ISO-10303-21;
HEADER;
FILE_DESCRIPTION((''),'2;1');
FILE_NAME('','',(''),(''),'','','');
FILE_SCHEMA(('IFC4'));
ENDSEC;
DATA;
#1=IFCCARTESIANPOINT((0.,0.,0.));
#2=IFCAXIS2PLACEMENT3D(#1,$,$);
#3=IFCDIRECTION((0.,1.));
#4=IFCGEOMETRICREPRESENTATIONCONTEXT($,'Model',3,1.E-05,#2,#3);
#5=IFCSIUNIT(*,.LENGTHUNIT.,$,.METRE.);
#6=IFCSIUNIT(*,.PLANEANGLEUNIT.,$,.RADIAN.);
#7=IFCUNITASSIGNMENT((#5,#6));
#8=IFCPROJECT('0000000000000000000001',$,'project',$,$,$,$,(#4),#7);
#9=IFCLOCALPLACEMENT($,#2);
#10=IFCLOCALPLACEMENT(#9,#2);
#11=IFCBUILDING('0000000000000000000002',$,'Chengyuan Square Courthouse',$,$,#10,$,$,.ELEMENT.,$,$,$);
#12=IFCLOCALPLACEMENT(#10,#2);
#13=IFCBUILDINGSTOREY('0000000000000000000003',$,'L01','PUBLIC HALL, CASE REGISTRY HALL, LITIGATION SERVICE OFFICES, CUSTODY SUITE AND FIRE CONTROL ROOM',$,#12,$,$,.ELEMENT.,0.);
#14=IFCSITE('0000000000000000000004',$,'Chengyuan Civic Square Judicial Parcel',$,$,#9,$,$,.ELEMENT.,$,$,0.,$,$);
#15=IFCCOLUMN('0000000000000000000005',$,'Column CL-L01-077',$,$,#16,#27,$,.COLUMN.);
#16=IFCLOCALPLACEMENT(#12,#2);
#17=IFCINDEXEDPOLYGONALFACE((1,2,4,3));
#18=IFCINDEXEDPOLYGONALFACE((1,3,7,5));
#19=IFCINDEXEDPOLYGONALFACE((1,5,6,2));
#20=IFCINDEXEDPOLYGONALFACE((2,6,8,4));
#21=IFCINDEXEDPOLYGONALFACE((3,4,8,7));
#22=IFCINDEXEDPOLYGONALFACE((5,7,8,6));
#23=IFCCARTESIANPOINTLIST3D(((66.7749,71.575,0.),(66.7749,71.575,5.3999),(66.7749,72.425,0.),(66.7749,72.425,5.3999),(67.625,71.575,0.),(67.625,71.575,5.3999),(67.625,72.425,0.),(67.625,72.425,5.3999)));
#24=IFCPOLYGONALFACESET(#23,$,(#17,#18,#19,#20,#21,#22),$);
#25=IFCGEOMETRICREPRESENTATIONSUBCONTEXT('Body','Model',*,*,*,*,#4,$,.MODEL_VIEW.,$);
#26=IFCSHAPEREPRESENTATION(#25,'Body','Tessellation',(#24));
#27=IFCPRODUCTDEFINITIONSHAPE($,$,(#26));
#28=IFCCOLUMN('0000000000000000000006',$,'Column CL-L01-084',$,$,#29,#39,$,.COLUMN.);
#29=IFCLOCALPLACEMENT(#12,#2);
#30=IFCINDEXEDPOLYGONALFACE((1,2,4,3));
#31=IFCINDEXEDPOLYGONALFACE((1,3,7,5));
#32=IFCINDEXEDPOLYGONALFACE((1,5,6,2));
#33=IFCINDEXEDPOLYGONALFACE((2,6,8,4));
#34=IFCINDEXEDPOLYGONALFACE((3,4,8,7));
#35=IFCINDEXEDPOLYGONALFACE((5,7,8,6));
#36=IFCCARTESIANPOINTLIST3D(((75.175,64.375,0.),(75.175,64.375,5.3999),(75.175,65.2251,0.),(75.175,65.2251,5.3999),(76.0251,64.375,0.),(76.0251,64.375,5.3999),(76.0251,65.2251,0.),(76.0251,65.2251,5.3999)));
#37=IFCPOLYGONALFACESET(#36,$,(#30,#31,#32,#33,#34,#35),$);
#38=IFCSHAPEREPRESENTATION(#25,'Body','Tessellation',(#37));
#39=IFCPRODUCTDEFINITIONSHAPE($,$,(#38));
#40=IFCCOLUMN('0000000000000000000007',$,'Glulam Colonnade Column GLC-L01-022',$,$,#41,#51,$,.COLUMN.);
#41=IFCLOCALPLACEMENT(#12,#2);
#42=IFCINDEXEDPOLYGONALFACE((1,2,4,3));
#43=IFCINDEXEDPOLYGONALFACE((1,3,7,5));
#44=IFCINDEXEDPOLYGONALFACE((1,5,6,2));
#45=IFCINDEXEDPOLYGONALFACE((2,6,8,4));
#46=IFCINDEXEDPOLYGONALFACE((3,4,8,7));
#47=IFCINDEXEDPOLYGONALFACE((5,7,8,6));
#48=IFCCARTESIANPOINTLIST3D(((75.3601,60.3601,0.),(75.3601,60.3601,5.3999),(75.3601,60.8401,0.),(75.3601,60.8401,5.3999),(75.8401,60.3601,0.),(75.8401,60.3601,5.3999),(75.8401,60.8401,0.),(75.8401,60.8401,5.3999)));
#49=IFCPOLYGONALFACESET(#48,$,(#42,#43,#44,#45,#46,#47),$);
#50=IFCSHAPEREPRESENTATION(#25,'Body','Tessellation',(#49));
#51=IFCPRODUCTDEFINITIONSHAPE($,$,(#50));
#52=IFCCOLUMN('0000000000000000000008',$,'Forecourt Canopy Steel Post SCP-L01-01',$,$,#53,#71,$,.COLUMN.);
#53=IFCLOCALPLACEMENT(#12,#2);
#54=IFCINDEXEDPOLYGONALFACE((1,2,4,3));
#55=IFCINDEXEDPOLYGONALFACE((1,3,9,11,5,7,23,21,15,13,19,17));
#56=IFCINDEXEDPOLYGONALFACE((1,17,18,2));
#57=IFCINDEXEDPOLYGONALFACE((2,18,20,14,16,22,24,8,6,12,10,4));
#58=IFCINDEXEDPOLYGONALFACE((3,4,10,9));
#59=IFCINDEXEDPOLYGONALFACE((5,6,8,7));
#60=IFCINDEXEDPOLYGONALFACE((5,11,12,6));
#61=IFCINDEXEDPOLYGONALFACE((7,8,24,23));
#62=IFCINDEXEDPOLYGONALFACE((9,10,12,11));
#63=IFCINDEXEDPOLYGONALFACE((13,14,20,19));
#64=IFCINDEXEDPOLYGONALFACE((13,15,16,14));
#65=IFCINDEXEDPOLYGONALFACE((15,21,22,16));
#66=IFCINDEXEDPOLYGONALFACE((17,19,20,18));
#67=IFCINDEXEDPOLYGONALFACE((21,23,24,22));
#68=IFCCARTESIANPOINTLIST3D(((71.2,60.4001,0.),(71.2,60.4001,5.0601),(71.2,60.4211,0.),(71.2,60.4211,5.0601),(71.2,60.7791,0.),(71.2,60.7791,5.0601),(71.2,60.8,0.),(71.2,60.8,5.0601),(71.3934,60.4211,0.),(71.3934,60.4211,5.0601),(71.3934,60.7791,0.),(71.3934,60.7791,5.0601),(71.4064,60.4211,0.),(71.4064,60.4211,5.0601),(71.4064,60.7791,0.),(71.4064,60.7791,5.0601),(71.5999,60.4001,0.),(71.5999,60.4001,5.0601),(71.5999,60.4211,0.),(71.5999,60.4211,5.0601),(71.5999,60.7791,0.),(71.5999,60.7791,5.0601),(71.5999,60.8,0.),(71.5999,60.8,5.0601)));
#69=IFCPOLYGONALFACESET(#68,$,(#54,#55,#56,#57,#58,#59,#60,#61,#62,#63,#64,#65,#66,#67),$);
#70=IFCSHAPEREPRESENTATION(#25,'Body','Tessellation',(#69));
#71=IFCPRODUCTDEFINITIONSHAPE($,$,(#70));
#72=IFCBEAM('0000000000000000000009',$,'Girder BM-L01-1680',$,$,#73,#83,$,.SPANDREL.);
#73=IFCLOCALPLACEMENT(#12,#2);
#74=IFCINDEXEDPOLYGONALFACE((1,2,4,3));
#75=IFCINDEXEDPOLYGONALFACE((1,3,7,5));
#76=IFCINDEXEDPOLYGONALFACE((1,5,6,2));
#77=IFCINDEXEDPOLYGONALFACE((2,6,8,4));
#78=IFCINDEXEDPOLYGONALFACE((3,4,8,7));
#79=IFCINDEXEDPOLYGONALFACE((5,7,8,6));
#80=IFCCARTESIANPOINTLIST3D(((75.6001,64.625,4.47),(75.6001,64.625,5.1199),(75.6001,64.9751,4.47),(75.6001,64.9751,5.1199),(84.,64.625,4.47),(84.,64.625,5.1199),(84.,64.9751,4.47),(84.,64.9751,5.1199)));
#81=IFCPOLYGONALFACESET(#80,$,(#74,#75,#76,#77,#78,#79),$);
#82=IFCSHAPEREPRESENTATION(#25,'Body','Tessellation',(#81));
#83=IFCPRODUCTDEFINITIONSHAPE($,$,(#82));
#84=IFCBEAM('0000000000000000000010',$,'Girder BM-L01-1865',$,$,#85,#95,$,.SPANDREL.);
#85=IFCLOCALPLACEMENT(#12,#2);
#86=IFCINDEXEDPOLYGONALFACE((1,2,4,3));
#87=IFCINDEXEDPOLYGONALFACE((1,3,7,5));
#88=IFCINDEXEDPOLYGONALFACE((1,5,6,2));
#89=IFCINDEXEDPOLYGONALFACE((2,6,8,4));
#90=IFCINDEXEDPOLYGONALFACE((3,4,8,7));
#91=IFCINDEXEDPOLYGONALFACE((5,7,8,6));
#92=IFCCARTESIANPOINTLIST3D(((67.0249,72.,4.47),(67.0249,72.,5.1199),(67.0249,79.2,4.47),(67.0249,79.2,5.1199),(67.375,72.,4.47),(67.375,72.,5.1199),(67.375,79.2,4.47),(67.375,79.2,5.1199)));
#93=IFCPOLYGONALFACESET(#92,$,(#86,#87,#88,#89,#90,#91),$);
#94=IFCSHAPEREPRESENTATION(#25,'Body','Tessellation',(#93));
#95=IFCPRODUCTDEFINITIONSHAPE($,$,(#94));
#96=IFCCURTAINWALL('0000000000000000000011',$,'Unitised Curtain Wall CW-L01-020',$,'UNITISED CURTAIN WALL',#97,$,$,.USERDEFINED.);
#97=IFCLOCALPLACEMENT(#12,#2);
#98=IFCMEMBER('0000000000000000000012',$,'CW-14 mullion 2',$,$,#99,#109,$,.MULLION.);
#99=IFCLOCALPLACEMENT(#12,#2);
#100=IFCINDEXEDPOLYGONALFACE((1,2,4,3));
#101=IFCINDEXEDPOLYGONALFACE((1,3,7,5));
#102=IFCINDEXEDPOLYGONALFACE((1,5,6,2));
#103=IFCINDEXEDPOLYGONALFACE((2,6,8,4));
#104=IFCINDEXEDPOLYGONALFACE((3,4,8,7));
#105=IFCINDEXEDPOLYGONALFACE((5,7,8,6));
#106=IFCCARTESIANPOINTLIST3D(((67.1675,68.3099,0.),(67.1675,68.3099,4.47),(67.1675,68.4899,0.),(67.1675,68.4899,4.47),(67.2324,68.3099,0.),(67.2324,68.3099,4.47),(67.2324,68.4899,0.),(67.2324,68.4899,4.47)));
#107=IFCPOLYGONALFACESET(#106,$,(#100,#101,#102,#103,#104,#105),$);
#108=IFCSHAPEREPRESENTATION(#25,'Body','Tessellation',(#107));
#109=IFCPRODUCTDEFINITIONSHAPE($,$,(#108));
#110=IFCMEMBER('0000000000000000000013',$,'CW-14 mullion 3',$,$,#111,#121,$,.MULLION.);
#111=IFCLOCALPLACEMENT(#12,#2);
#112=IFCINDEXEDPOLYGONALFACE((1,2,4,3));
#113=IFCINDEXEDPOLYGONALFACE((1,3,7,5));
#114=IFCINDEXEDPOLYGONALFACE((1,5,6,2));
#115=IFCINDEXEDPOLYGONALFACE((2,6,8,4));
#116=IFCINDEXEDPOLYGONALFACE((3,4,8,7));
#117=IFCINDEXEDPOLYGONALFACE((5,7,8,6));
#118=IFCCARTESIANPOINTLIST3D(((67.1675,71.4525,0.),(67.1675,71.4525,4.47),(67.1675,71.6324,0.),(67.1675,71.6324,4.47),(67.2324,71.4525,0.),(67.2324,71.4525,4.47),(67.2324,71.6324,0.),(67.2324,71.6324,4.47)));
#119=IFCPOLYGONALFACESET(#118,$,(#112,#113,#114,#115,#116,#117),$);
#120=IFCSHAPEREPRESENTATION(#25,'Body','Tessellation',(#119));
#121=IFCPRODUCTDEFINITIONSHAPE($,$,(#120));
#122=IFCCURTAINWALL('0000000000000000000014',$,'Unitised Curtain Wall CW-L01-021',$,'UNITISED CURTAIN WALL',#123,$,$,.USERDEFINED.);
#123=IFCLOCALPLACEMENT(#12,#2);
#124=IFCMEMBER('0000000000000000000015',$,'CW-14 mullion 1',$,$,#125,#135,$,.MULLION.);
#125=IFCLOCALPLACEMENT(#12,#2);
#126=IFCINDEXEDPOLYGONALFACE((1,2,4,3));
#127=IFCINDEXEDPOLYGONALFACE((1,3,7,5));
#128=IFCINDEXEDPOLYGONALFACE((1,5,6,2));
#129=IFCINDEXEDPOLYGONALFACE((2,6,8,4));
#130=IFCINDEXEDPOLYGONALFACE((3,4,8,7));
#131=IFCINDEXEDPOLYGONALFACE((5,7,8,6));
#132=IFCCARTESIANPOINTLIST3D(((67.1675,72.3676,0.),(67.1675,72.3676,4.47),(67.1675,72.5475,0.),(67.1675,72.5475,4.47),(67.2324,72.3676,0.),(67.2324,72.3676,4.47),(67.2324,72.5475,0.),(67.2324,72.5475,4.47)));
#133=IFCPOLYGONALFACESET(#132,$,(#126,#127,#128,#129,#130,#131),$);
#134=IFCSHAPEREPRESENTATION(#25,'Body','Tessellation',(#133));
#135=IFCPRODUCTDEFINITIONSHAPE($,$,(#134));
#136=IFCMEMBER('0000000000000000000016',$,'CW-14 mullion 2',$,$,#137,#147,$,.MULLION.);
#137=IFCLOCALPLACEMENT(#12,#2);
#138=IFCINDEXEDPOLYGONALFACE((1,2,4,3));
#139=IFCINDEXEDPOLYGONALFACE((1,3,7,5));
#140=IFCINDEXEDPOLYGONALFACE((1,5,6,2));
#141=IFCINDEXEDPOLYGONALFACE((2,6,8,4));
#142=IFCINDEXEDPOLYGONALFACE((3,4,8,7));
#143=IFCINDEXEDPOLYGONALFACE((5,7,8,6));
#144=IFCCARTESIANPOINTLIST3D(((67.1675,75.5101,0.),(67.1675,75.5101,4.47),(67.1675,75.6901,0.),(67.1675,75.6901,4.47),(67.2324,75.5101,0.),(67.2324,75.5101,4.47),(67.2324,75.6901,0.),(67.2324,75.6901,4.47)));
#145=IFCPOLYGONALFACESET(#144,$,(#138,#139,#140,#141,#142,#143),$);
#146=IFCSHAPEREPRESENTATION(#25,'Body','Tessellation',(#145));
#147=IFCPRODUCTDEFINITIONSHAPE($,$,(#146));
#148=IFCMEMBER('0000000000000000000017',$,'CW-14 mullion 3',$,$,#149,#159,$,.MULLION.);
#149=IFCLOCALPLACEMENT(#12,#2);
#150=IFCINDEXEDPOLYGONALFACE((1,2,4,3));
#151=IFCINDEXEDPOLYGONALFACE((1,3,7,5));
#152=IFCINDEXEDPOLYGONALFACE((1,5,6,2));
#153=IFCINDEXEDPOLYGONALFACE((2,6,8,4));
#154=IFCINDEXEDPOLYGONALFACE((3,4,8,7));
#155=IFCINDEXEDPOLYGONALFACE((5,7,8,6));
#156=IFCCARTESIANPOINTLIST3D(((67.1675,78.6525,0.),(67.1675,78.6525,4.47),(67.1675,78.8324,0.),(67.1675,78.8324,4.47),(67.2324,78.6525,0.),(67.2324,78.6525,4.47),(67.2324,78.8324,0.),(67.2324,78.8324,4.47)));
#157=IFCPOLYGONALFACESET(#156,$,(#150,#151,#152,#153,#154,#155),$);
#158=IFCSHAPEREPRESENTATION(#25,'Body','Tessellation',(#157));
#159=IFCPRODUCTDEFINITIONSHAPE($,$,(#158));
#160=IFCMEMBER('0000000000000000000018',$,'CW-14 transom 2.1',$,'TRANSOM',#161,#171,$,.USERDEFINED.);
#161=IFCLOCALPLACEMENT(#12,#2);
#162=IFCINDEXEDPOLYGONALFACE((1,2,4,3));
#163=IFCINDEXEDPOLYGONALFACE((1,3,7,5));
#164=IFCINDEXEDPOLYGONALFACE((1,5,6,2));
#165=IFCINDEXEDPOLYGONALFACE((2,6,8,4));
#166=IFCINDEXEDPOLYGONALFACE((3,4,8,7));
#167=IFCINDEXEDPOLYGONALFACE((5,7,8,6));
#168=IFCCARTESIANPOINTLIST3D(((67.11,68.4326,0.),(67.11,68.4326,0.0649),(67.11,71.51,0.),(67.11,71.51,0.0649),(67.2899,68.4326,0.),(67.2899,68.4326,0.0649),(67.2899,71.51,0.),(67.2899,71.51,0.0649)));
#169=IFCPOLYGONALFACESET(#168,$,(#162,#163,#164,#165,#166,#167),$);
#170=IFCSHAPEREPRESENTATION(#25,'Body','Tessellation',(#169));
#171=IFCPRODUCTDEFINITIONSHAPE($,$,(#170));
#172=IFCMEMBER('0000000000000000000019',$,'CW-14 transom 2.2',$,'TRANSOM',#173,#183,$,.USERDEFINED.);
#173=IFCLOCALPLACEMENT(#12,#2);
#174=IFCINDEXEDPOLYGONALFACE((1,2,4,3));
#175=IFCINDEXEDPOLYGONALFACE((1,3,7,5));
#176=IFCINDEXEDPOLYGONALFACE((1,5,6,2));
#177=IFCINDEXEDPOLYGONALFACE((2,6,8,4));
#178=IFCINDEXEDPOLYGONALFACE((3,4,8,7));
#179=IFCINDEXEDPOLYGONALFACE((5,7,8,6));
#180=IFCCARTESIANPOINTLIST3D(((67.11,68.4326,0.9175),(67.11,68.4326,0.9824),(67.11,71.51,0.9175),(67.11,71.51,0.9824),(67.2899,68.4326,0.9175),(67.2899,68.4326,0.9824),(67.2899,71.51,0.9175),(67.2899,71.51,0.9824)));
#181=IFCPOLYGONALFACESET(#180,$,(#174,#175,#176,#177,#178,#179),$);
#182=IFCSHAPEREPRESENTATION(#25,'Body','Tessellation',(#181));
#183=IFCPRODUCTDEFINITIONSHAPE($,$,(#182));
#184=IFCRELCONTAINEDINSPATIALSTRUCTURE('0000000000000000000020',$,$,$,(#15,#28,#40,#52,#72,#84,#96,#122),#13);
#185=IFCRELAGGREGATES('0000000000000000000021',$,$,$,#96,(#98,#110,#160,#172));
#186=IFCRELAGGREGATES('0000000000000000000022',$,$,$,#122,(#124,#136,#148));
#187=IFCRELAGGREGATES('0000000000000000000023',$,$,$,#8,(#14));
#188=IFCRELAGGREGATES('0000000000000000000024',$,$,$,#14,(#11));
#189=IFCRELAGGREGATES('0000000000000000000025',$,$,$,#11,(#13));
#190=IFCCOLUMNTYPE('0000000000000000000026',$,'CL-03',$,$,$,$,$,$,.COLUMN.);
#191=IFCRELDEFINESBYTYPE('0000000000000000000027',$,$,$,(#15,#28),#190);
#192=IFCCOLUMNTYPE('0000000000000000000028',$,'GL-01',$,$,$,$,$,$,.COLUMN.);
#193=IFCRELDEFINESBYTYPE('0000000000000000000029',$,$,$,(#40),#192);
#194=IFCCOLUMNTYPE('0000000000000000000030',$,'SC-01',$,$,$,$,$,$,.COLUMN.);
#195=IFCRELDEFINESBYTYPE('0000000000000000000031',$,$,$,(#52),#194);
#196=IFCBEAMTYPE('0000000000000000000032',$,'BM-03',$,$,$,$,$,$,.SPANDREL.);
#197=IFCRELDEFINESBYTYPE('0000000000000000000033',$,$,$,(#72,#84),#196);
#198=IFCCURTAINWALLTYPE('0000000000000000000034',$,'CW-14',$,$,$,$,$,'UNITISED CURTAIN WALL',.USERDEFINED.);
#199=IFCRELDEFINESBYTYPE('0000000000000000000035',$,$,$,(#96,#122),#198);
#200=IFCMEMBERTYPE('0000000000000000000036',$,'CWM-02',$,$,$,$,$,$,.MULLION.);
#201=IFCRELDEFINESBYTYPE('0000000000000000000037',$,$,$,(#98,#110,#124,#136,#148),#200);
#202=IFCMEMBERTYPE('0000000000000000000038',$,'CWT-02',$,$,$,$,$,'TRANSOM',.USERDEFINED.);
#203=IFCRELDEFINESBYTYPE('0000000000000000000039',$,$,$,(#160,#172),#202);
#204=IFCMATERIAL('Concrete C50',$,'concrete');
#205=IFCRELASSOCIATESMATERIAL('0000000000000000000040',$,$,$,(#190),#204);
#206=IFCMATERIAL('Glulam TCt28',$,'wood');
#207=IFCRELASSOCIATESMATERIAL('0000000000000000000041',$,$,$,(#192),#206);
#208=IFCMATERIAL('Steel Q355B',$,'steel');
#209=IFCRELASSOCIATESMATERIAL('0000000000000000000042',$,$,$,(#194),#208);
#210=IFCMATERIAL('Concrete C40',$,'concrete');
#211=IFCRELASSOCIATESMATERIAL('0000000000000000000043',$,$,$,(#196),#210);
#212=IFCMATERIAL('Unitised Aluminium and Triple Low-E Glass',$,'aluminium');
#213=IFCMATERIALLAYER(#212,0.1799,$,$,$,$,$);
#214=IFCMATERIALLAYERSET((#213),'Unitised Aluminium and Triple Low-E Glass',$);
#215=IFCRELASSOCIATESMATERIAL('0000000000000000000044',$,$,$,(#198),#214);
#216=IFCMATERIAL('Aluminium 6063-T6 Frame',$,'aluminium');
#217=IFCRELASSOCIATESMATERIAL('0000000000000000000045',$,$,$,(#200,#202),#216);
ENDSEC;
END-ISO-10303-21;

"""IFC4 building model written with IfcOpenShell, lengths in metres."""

from ifc_helpers import new_model, si_unit, direction, frame, origin, origin_2d, place, context, subcontext, project, spatial, rectangle, i_section, extrude, material, layer, layer_set, material_profile, profile_set, type_object, element, aggregate, save


model = new_model("IFC4")

# Units and contexts
model_context = context("Model", 3, precision=1e-05, world=origin(), true_north=direction((0.0, 1.0)))
body_context = subcontext(model_context, "Body", "Model", "MODEL_VIEW")
ifc_project = project(units=[si_unit("LENGTHUNIT", "METRE"), si_unit("PLANEANGLEUNIT", "RADIAN")], contexts=[model_context])

# Site, building, storey
site_placement = place(None, origin())
site = spatial("IfcSite", under=ifc_project, at=site_placement, Name="Chengyuan Civic Square Judicial Parcel", CompositionType="ELEMENT", RefElevation=0.0)
building_placement = place(site_placement, origin())
building = spatial("IfcBuilding", under=site, at=building_placement, Name="Chengyuan Square Courthouse", CompositionType="ELEMENT")
storey_placement = place(building_placement, origin())
storey = spatial("IfcBuildingStorey", under=building, at=storey_placement, Name="L01", Description="PUBLIC HALL, CASE REGISTRY HALL, LITIGATION SERVICE OFFICES, CUSTODY SUITE AND FIRE CONTROL ROOM", CompositionType="ELEMENT", Elevation=0.0)

# Columns
ifc_material_1 = material(Name="Concrete C50", Category="concrete")
ifc_material_profile_1 = material_profile(ifc_material_1, rectangle(XDim=0.8501, YDim=0.8501, at=origin_2d()), Name="RC-COL-850x850")
ifc_profile_set_1 = profile_set([ifc_material_profile_1], Name="Concrete C50")
column_type_1 = type_object("IfcColumnType", Name="CL-03", PredefinedType="COLUMN", material=ifc_profile_set_1)
for number, where, z_axis, x_axis, name in (
    (1, (67.2, 72.0, 0.0), (0.0, 0.0, 1.0), (1.0, 0.0, 0.0), "Column CL-L01-077"),
    (2, (75.6001, 64.8, 0.0), (0.0, 0.0, 1.0), (1.0, 0.0, 0.0), "Column CL-L01-084"),
):
    element("IfcColumn", number, at=place(storey_placement, frame(where, z_axis=z_axis, x_axis=x_axis)), inside=storey, type_object=column_type_1, Name=name, PredefinedType="COLUMN", context=body_context, shape_type="SweptSolid", body=[
        extrude(rectangle(XDim=0.8501, YDim=0.8501, at=origin_2d()), origin(), (0.0, 0.0, 1.0), 5.3999),
    ])
ifc_material_2 = material(Name="Glulam TCt28", Category="wood")
ifc_material_profile_2 = material_profile(ifc_material_2, rectangle(XDim=0.48, YDim=0.48, at=origin_2d()), Name="GL-COL-480x480")
ifc_profile_set_2 = profile_set([ifc_material_profile_2], Name="Glulam TCt28")
column_type_2 = type_object("IfcColumnType", Name="GL-01", PredefinedType="COLUMN", material=ifc_profile_set_2)
column_1_placement = place(storey_placement, frame((75.6001, 60.6001, 0.0), z_axis=(0.0, 0.0, 1.0), x_axis=(1.0, 0.0, 0.0)))
element("IfcColumn", 3, at=column_1_placement, inside=storey, type_object=column_type_2, Name="Glulam Colonnade Column GLC-L01-022", PredefinedType="COLUMN", context=body_context, shape_type="SweptSolid", body=[
    extrude(rectangle(XDim=0.48, YDim=0.48, at=origin_2d()), origin(), (0.0, 0.0, 1.0), 5.3999),
])
ifc_material_3 = material(Name="Steel Q355B", Category="steel")
ifc_material_profile_3 = material_profile(ifc_material_3, i_section(OverallWidth=0.3999, OverallDepth=0.3999, WebThickness=0.0129, FlangeThickness=0.021, at=origin_2d()), Name="HW 400x400x13x21")
ifc_profile_set_3 = profile_set([ifc_material_profile_3], Name="Steel Q355B")
column_type_3 = type_object("IfcColumnType", Name="SC-01", PredefinedType="COLUMN", material=ifc_profile_set_3)
column_2_placement = place(storey_placement, frame((71.3999, 60.6001, 0.0), z_axis=(0.0, 0.0, 1.0), x_axis=(1.0, 0.0, 0.0)))
element("IfcColumn", 4, at=column_2_placement, inside=storey, type_object=column_type_3, Name="Forecourt Canopy Steel Post SCP-L01-01", PredefinedType="COLUMN", context=body_context, shape_type="SweptSolid", body=[
    extrude(i_section(OverallWidth=0.3999, OverallDepth=0.3999, WebThickness=0.0129, FlangeThickness=0.021, at=origin_2d()), origin(), (0.0, 0.0, 1.0), 5.0601),
])

# Beams
ifc_material_4 = material(Name="Concrete C40", Category="concrete")
ifc_material_profile_4 = material_profile(ifc_material_4, rectangle(XDim=0.3501, YDim=0.6499, at=origin_2d()), Name="RC-BM-350x650")
ifc_profile_set_4 = profile_set([ifc_material_profile_4], Name="Concrete C40")
beam_type_1 = type_object("IfcBeamType", Name="BM-03", PredefinedType="SPANDREL", material=ifc_profile_set_4)
beam_1_placement = place(storey_placement, frame((75.6001, 64.8, 4.7949), z_axis=(1.0, 0.0, 0.0), x_axis=(0.0, 1.0, 0.0)))
element("IfcBeam", 5, at=beam_1_placement, inside=storey, type_object=beam_type_1, Name="Girder BM-L01-1680", PredefinedType="SPANDREL", context=body_context, shape_type="SweptSolid", body=[
    extrude(rectangle(XDim=0.3501, YDim=0.6499, at=origin_2d()), origin(), (0.0, 0.0, 1.0), 8.3999),
])
beam_2_placement = place(storey_placement, frame((67.2, 72.0, 4.7949), z_axis=(0.0, 1.0, 0.0), x_axis=(-1.0, 0.0, 0.0)))
element("IfcBeam", 6, at=beam_2_placement, inside=storey, type_object=beam_type_1, Name="Girder BM-L01-1865", PredefinedType="SPANDREL", context=body_context, shape_type="SweptSolid", body=[
    extrude(rectangle(XDim=0.3501, YDim=0.6499, at=origin_2d()), origin(), (0.0, 0.0, 1.0), 7.2),
])

# Curtain walls, members
ifc_material_5 = material(Name="Unitised Aluminium and Triple Low-E Glass", Category="aluminium")
ifc_layer_1 = layer(ifc_material_5, 0.1799)
ifc_layer_set_1 = layer_set([ifc_layer_1], Name="Unitised Aluminium and Triple Low-E Glass")
curtain_wall_type = type_object("IfcCurtainWallType", Name="CW-14", ElementType="UNITISED CURTAIN WALL", PredefinedType="USERDEFINED", material=ifc_layer_set_1)
curtain_wall_1_placement = place(storey_placement, origin())
curtain_wall_1 = element("IfcCurtainWall", 7, at=curtain_wall_1_placement, inside=storey, type_object=curtain_wall_type, Name="Unitised Curtain Wall CW-L01-020", ObjectType="UNITISED CURTAIN WALL", PredefinedType="USERDEFINED")
ifc_material_6 = material(Name="Aluminium 6063-T6 Frame", Category="aluminium")
ifc_material_profile_5 = material_profile(ifc_material_6, rectangle(XDim=0.0649, YDim=0.1799, at=origin_2d()), Name="CW-MUL-65x180")
ifc_profile_set_5 = profile_set([ifc_material_profile_5], Name="Aluminium 6063-T6 Frame")
member_type_1 = type_object("IfcMemberType", Name="CWM-02", PredefinedType="MULLION", material=ifc_profile_set_5)
member_1_placement = place(storey_placement, frame((67.2, 68.3999, 0.0), z_axis=(0.0, 0.0, 1.0), x_axis=(-1.0, 0.0, 0.0)))
member_1 = element("IfcMember", 8, at=member_1_placement, type_object=member_type_1, Name="CW-14 mullion 2", PredefinedType="MULLION", context=body_context, shape_type="SweptSolid", body=[
    extrude(rectangle(XDim=0.0649, YDim=0.1799, at=origin_2d()), origin(), (0.0, 0.0, 1.0), 4.47),
])
member_2_placement = place(storey_placement, frame((67.2, 71.5425, 0.0), z_axis=(0.0, 0.0, 1.0), x_axis=(-1.0, 0.0, 0.0)))
member_2 = element("IfcMember", 9, at=member_2_placement, type_object=member_type_1, Name="CW-14 mullion 3", PredefinedType="MULLION", context=body_context, shape_type="SweptSolid", body=[
    extrude(rectangle(XDim=0.0649, YDim=0.1799, at=origin_2d()), origin(), (0.0, 0.0, 1.0), 4.47),
])
curtain_wall_2_placement = place(storey_placement, origin())
curtain_wall_2 = element("IfcCurtainWall", 10, at=curtain_wall_2_placement, inside=storey, type_object=curtain_wall_type, Name="Unitised Curtain Wall CW-L01-021", ObjectType="UNITISED CURTAIN WALL", PredefinedType="USERDEFINED")
member_3_placement = place(storey_placement, frame((67.2, 72.4575, 0.0), z_axis=(0.0, 0.0, 1.0), x_axis=(-1.0, 0.0, 0.0)))
member_3 = element("IfcMember", 11, at=member_3_placement, type_object=member_type_1, Name="CW-14 mullion 1", PredefinedType="MULLION", context=body_context, shape_type="SweptSolid", body=[
    extrude(rectangle(XDim=0.0649, YDim=0.1799, at=origin_2d()), origin(), (0.0, 0.0, 1.0), 4.47),
])
member_4_placement = place(storey_placement, frame((67.2, 75.6001, 0.0), z_axis=(0.0, 0.0, 1.0), x_axis=(-1.0, 0.0, 0.0)))
member_4 = element("IfcMember", 12, at=member_4_placement, type_object=member_type_1, Name="CW-14 mullion 2", PredefinedType="MULLION", context=body_context, shape_type="SweptSolid", body=[
    extrude(rectangle(XDim=0.0649, YDim=0.1799, at=origin_2d()), origin(), (0.0, 0.0, 1.0), 4.47),
])
member_5_placement = place(storey_placement, frame((67.2, 78.7424, 0.0), z_axis=(0.0, 0.0, 1.0), x_axis=(-1.0, 0.0, 0.0)))
member_5 = element("IfcMember", 13, at=member_5_placement, type_object=member_type_1, Name="CW-14 mullion 3", PredefinedType="MULLION", context=body_context, shape_type="SweptSolid", body=[
    extrude(rectangle(XDim=0.0649, YDim=0.1799, at=origin_2d()), origin(), (0.0, 0.0, 1.0), 4.47),
])

# Members
ifc_material_profile_6 = material_profile(ifc_material_6, rectangle(XDim=0.1799, YDim=0.0649, at=origin_2d()), Name="CW-TRN-65x140")
ifc_profile_set_6 = profile_set([ifc_material_profile_6], Name="Aluminium 6063-T6 Frame")
member_type_2 = type_object("IfcMemberType", Name="CWT-02", ElementType="TRANSOM", PredefinedType="USERDEFINED", material=ifc_profile_set_6)
member_6_placement = place(storey_placement, frame((67.2, 68.4326, 0.0325), z_axis=(0.0, 1.0, 0.0), x_axis=(-1.0, 0.0, 0.0)))
member_6 = element("IfcMember", 14, at=member_6_placement, type_object=member_type_2, Name="CW-14 transom 2.1", ObjectType="TRANSOM", PredefinedType="USERDEFINED", context=body_context, shape_type="SweptSolid", body=[
    extrude(rectangle(XDim=0.1799, YDim=0.0649, at=origin_2d()), origin(), (0.0, 0.0, 1.0), 3.0774),
])
member_7_placement = place(storey_placement, frame((67.2, 68.4326, 0.95), z_axis=(0.0, 1.0, 0.0), x_axis=(-1.0, 0.0, 0.0)))
member_7 = element("IfcMember", 15, at=member_7_placement, type_object=member_type_2, Name="CW-14 transom 2.2", ObjectType="TRANSOM", PredefinedType="USERDEFINED", context=body_context, shape_type="SweptSolid", body=[
    extrude(rectangle(XDim=0.1799, YDim=0.0649, at=origin_2d()), origin(), (0.0, 0.0, 1.0), 3.0774),
])

aggregate(curtain_wall_1, [member_1, member_2, member_6, member_7])
aggregate(curtain_wall_2, [member_3, member_4, member_5])

save(model, "model.ifc")
